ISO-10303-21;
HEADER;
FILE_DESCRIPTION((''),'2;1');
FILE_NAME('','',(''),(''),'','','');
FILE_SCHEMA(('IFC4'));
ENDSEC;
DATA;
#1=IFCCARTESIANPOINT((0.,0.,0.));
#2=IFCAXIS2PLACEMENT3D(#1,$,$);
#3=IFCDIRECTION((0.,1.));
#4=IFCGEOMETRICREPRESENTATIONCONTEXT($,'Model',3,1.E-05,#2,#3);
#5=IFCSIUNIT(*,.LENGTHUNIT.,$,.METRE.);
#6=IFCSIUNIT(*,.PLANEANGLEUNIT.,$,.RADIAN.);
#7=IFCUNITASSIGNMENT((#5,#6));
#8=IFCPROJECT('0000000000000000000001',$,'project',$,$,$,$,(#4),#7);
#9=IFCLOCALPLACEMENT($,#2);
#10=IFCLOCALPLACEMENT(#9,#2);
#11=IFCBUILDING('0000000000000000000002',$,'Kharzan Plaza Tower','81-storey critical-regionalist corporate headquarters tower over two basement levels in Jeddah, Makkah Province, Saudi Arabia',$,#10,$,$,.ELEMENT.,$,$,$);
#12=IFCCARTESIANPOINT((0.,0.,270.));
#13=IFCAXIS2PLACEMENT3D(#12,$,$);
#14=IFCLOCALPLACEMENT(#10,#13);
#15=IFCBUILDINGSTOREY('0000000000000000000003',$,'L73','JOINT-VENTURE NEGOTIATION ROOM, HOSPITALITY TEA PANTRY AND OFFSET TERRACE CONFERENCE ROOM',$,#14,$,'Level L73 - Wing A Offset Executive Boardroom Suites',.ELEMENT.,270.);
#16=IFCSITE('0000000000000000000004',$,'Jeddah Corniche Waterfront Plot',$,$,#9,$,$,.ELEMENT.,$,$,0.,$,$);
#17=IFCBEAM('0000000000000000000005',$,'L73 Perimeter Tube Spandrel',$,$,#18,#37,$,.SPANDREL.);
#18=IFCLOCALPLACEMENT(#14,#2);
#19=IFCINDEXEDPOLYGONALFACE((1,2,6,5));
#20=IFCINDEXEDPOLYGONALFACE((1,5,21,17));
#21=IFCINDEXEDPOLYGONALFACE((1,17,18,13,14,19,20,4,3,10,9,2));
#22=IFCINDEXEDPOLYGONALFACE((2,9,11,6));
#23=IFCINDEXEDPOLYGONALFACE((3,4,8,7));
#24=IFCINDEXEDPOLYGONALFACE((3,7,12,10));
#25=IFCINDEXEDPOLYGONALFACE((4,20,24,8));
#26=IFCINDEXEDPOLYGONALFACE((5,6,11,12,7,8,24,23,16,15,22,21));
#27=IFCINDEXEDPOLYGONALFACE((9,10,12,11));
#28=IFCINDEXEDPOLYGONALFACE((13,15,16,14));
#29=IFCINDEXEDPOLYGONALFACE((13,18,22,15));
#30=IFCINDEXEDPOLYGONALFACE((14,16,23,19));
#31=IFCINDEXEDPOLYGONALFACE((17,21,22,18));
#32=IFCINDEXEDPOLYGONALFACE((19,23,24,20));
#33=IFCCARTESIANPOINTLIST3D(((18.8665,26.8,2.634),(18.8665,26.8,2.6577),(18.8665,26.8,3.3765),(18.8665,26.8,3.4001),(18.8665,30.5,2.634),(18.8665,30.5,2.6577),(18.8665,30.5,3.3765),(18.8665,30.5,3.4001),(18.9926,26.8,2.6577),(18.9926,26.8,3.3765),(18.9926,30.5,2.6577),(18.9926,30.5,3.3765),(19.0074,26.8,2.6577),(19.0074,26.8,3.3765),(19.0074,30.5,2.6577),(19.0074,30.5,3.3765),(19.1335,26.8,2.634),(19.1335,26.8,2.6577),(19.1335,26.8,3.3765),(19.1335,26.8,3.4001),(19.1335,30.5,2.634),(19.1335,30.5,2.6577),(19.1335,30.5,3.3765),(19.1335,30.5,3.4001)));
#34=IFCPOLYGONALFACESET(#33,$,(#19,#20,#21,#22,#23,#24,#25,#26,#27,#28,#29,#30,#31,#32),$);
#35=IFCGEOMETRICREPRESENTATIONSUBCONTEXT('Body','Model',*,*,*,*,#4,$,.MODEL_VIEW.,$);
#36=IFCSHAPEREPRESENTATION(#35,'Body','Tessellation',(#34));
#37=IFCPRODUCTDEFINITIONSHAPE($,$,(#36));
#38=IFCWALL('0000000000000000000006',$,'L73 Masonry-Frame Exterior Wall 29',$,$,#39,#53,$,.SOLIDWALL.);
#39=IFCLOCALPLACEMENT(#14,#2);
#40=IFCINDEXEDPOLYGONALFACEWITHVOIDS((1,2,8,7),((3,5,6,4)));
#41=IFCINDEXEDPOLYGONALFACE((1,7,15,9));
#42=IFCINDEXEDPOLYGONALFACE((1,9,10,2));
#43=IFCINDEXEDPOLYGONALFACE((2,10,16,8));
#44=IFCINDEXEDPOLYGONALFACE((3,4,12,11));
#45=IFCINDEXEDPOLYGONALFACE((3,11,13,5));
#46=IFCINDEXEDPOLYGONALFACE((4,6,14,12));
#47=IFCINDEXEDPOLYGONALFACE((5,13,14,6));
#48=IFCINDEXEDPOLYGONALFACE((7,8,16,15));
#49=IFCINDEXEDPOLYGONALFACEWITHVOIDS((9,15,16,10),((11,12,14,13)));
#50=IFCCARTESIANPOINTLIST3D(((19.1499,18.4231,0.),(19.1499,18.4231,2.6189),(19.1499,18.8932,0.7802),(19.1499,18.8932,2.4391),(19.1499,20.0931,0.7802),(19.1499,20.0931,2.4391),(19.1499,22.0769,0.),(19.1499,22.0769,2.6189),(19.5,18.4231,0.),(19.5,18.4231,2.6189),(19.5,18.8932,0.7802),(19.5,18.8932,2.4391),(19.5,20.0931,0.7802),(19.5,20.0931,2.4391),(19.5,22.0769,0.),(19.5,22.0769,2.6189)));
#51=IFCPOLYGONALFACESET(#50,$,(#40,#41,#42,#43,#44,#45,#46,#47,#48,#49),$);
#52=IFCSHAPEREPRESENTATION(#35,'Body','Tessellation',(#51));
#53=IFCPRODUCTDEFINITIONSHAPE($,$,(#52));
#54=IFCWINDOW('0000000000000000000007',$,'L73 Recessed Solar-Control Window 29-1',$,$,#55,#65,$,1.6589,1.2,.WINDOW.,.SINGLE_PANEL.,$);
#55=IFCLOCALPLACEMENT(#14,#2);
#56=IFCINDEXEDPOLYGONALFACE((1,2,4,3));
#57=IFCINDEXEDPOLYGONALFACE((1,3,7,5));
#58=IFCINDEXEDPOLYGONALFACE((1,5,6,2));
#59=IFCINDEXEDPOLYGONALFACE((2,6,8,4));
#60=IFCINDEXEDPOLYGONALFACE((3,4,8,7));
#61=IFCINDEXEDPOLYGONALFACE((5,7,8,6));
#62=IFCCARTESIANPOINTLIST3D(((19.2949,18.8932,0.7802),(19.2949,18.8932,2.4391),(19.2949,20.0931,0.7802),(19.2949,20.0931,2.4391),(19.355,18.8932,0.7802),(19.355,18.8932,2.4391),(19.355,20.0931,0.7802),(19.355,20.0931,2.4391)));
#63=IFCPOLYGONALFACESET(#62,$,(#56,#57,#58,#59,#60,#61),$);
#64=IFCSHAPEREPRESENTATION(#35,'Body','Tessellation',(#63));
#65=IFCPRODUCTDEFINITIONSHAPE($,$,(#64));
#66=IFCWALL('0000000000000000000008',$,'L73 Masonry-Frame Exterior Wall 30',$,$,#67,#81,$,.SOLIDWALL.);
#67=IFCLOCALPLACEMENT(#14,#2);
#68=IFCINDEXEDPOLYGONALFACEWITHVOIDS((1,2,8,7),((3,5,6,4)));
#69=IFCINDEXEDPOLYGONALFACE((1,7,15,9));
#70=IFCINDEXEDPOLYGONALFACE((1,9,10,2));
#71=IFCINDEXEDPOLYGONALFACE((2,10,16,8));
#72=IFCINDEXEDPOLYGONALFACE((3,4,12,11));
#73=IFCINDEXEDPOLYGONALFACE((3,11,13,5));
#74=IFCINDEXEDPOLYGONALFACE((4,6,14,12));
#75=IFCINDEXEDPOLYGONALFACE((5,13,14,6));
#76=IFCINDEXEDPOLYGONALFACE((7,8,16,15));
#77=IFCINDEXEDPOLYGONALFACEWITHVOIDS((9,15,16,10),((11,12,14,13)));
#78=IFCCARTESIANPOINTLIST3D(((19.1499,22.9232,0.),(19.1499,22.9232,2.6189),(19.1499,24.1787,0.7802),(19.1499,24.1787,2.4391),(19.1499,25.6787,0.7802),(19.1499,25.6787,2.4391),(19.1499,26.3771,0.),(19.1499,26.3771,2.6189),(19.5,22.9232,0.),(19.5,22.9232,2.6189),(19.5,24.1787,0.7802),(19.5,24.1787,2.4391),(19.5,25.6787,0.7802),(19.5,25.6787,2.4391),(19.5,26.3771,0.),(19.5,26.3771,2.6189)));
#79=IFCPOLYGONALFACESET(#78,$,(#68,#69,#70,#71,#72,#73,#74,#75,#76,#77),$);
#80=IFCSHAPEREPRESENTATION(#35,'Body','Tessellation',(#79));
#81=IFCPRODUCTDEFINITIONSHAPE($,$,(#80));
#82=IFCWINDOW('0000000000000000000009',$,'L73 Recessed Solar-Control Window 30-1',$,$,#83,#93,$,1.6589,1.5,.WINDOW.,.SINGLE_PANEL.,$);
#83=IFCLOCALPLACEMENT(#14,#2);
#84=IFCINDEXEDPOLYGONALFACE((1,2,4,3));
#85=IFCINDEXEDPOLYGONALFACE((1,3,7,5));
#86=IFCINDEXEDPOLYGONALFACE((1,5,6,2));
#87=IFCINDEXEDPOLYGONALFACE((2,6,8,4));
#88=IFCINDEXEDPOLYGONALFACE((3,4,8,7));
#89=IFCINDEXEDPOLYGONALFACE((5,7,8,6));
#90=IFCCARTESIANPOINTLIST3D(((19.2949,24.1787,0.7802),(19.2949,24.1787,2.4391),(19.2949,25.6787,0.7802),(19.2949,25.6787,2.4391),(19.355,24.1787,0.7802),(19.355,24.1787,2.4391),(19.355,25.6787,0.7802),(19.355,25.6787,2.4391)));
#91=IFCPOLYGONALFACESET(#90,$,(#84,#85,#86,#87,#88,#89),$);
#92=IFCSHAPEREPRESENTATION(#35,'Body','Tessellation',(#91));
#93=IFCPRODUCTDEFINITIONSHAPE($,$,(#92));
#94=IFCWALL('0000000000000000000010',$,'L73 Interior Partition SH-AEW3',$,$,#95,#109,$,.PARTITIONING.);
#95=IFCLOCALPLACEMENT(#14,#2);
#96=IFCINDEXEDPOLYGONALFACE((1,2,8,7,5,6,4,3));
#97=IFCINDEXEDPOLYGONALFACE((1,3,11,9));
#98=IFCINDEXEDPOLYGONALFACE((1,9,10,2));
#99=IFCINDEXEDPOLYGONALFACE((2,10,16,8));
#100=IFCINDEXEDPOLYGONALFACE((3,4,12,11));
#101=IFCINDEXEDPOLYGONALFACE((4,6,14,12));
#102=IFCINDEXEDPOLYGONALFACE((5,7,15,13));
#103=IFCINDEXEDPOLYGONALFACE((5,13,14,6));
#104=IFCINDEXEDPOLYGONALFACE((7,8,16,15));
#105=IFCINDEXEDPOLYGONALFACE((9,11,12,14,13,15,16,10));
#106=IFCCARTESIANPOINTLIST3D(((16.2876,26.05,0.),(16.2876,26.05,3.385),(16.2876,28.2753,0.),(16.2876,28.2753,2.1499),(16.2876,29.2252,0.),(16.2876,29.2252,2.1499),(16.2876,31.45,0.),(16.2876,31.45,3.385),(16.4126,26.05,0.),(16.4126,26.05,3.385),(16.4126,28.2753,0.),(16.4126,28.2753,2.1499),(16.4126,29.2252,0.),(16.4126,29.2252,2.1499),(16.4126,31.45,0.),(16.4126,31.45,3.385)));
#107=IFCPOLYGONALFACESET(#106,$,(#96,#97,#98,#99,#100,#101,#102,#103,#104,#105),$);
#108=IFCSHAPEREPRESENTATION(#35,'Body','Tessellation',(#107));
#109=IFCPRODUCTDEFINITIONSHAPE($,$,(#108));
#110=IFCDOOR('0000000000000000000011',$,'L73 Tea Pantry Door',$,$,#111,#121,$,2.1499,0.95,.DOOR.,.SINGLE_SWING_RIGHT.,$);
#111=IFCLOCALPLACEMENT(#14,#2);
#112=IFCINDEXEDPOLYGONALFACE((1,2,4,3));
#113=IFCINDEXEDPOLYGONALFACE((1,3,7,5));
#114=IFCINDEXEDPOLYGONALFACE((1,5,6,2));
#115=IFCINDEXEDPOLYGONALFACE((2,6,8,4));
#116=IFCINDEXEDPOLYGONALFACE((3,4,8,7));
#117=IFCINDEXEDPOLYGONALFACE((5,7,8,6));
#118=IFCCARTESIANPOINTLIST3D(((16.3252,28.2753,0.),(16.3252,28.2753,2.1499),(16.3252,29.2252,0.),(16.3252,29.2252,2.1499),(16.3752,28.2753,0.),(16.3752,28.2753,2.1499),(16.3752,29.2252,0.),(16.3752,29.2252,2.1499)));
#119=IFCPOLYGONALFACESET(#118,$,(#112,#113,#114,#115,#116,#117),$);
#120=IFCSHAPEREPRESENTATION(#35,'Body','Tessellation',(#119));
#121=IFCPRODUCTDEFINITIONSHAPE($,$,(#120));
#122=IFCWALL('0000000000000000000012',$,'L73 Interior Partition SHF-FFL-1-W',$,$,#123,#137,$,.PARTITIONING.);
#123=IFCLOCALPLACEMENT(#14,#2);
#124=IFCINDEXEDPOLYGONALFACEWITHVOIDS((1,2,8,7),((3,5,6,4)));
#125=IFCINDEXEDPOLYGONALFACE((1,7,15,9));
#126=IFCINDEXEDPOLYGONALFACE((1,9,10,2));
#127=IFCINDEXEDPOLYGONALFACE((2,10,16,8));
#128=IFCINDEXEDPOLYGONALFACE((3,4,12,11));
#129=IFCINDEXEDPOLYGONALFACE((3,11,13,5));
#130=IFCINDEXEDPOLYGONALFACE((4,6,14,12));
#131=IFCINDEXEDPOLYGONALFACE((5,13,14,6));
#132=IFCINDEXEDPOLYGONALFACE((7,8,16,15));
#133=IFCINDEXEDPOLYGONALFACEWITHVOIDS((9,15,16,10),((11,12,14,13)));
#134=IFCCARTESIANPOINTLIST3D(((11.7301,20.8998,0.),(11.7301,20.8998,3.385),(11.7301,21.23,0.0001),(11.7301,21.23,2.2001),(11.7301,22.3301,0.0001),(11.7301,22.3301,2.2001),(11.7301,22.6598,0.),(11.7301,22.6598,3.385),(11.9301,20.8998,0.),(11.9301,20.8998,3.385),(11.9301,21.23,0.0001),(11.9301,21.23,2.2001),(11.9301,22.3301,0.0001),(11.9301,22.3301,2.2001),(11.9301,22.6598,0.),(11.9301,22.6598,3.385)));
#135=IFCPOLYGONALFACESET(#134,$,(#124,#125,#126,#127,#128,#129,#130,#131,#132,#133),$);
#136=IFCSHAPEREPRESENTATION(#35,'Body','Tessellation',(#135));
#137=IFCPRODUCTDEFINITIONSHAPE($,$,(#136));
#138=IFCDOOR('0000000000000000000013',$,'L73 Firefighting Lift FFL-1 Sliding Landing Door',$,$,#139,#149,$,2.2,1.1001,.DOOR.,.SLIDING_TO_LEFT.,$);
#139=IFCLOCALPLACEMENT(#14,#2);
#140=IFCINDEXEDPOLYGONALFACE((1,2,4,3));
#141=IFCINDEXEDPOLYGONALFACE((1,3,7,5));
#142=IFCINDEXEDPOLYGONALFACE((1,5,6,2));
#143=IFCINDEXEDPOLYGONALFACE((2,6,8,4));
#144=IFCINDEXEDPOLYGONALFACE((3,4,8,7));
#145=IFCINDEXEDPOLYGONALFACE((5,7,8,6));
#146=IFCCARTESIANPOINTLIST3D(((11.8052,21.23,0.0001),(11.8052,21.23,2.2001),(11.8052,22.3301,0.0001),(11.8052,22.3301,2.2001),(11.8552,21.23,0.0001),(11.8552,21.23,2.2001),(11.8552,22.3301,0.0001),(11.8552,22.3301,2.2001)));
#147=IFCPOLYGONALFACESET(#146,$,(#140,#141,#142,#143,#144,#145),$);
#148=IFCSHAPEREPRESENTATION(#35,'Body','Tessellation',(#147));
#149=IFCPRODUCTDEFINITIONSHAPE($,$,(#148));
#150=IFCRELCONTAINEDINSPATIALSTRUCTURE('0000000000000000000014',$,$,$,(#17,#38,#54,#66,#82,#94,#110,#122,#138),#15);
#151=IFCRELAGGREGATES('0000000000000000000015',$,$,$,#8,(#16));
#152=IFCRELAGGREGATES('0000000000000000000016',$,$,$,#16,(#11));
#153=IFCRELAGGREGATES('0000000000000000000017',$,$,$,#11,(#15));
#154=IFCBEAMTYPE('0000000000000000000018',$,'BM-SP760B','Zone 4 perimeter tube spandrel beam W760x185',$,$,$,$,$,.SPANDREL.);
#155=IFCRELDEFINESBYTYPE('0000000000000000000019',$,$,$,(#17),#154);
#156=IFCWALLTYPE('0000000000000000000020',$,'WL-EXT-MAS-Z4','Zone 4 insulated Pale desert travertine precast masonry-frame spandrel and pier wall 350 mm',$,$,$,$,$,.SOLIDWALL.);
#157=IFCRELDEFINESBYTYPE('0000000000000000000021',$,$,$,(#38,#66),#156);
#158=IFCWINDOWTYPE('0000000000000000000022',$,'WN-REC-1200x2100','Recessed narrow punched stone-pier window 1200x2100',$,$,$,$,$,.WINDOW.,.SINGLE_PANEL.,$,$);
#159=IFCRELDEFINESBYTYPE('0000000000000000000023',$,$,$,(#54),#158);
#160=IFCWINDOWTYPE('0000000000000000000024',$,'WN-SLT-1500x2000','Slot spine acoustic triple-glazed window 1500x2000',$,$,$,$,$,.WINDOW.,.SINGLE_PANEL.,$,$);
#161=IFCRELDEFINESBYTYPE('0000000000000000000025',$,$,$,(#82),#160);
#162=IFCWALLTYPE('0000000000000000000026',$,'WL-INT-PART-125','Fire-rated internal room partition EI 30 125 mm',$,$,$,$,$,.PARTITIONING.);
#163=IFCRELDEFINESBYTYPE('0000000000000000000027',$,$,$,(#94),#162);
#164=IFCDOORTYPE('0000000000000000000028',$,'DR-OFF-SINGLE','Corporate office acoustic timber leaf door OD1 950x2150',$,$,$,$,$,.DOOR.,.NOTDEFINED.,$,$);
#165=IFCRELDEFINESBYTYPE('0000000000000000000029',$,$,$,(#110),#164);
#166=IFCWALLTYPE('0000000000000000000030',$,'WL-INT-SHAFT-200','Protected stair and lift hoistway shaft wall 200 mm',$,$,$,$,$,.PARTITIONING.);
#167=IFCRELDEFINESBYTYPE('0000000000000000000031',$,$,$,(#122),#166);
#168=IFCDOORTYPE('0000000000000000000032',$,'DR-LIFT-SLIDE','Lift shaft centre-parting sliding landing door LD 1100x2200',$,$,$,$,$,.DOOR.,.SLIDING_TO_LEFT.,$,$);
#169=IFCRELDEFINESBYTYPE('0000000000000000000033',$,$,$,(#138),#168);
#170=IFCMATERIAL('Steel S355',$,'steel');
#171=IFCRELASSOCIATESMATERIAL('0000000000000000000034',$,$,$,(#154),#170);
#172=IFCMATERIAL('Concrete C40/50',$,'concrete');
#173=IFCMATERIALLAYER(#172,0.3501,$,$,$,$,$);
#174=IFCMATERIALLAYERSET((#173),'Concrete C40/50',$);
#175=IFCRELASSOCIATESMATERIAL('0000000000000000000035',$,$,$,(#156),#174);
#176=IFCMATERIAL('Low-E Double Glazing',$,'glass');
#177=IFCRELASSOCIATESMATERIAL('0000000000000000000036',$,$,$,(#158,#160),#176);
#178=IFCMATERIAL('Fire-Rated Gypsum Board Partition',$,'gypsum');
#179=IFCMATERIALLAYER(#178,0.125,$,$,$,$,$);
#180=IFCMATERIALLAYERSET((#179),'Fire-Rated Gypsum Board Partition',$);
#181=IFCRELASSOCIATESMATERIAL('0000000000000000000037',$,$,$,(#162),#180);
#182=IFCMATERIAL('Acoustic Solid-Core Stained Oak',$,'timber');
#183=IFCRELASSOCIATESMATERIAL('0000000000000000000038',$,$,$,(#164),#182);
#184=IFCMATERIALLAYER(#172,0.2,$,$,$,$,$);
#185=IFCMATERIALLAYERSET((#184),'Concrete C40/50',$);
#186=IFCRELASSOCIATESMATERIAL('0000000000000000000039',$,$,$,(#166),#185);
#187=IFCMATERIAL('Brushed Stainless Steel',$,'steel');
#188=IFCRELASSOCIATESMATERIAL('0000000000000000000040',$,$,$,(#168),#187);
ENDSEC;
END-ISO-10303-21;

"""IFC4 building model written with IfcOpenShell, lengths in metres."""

from ifc_helpers import new_model, si_unit, direction, frame, frame_2d, origin, origin_2d, place, context, subcontext, project, spatial, rectangle, i_section, extrude, source, transform, mapped, material, layer, layer_set, material_profile, profile_set, type_object, element, fill, save


model = new_model("IFC4")

# Units and contexts
model_context = context("Model", 3, precision=1e-05, world=origin(), true_north=direction((0.0, 1.0)))
body_context = subcontext(model_context, "Body", "Model", "MODEL_VIEW")
ifc_project = project(units=[si_unit("LENGTHUNIT", "METRE"), si_unit("PLANEANGLEUNIT", "RADIAN")], contexts=[model_context])

# Site, building, storey
site_placement = place(None, origin())
site = spatial("IfcSite", under=ifc_project, at=site_placement, Name="Jeddah Corniche Waterfront Plot", CompositionType="ELEMENT", RefElevation=0.0)
building_placement = place(site_placement, origin())
building = spatial("IfcBuilding", under=site, at=building_placement, Name="Kharzan Plaza Tower", Description="81-storey critical-regionalist corporate headquarters tower over two basement levels in Jeddah, Makkah Province, Saudi Arabia", CompositionType="ELEMENT")
storey_placement = place(building_placement, frame((0.0, 0.0, 270.0)))
storey = spatial("IfcBuildingStorey", under=building, at=storey_placement, Name="L73", Description="JOINT-VENTURE NEGOTIATION ROOM, HOSPITALITY TEA PANTRY AND OFFSET TERRACE CONFERENCE ROOM", LongName="Level L73 - Wing A Offset Executive Boardroom Suites", CompositionType="ELEMENT", Elevation=270.0)

# Beam
ifc_material_1 = material(Name="Steel S355", Category="steel")
ifc_material_profile_1 = material_profile(ifc_material_1, i_section(OverallWidth=0.2671, OverallDepth=0.7661, WebThickness=0.0149, FlangeThickness=0.0237, at=origin_2d()), Name="W760x185")
ifc_profile_set_1 = profile_set([ifc_material_profile_1], Name="Steel S355")
beam_type_1 = type_object("IfcBeamType", Name="BM-SP760B", Description="Zone 4 perimeter tube spandrel beam W760x185", PredefinedType="SPANDREL", material=ifc_profile_set_1)
shared_shape_1 = source(origin(), body_context, "Body", "SweptSolid", [
    extrude(i_section(OverallWidth=0.2671, OverallDepth=0.7661, WebThickness=0.0149, FlangeThickness=0.0237, at=origin_2d()), origin(), (0.0, 0.0, 1.0), 3.7),
])
beam_1_placement = place(storey_placement, frame((19.0, 26.8, 3.0171), z_axis=(0.0, 1.0, 0.0), x_axis=(-1.0, 0.0, 0.0)))
element("IfcBeam", 1, at=beam_1_placement, inside=storey, type_object=beam_type_1, Name="L73 Perimeter Tube Spandrel", PredefinedType="SPANDREL", context=body_context, shape_type="MappedRepresentation", body=[
    mapped(shared_shape_1, transform((0.0, 0.0, 0.0), x_axis=(1.0, 0.0, 0.0), y_axis=(0.0, 1.0, 0.0), z_axis=(0.0, 0.0, 1.0))),
])

# Walls, openings, windows
ifc_material_2 = material(Name="Concrete C40/50", Category="concrete")
ifc_layer_1 = layer(ifc_material_2, 0.3501)
ifc_layer_set_1 = layer_set([ifc_layer_1], Name="Concrete C40/50")
wall_type_1 = type_object("IfcWallType", Name="WL-EXT-MAS-Z4", Description="Zone 4 insulated Pale desert travertine precast masonry-frame spandrel and pier wall 350 mm", PredefinedType="SOLIDWALL", material=ifc_layer_set_1)
wall_1_placement = place(storey_placement, frame((19.325, 18.4231, 0.0), z_axis=(0.0, 0.0, 1.0), x_axis=(0.0, 1.0, 0.0)))
wall_1 = element("IfcWall", 2, at=wall_1_placement, inside=storey, type_object=wall_type_1, Name="L73 Masonry-Frame Exterior Wall 29", PredefinedType="SOLIDWALL", context=body_context, shape_type="SweptSolid", body=[
    extrude(rectangle(XDim=3.6538, YDim=0.3501, at=frame_2d((1.8269, 0.0))), origin(), (0.0, 0.0, 1.0), 2.6189),
])
opening_1_placement = place(wall_1_placement, frame((0.47, 0.0, 0.78)))
opening_1 = element("IfcOpeningElement", 3, at=opening_1_placement, cuts=wall_1, PredefinedType="OPENING", context=body_context, shape_type="SweptSolid", body=[
    extrude(rectangle(XDim=1.2, YDim=1.6589, at=frame_2d((0.6001, 0.8296))), frame((0.0, 0.1851, 0.0), z_axis=(0.0, -1.0, 0.0), x_axis=(1.0, 0.0, 0.0)), (0.0, 0.0, 1.0), 0.3701),
])
ifc_material_3 = material(Name="Low-E Double Glazing", Category="glass")
window_type_1 = type_object("IfcWindowType", Name="WN-REC-1200x2100", Description="Recessed narrow punched stone-pier window 1200x2100", PartitioningType="SINGLE_PANEL", PredefinedType="WINDOW", material=ifc_material_3)
shared_shape_2 = source(origin(), body_context, "Body", "SweptSolid", [
    extrude(rectangle(XDim=1.2, YDim=1.6589, at=frame_2d((0.6001, 0.8296))), frame((0.0, 0.03, 0.0), z_axis=(0.0, -1.0, 0.0), x_axis=(1.0, 0.0, 0.0)), (0.0, 0.0, 1.0), 0.0601),
])
window_1_placement = place(opening_1_placement, origin())
window_1 = element("IfcWindow", 4, at=window_1_placement, inside=storey, type_object=window_type_1, Name="L73 Recessed Solar-Control Window 29-1", OverallHeight=1.6589, OverallWidth=1.2, PartitioningType="SINGLE_PANEL", PredefinedType="WINDOW", context=body_context, shape_type="MappedRepresentation", body=[
    mapped(shared_shape_2, transform((0.0, 0.0, 0.0), x_axis=(1.0, 0.0, 0.0), y_axis=(0.0, 1.0, 0.0), z_axis=(0.0, 0.0, 1.0))),
])
fill(opening_1, window_1)
wall_2_placement = place(storey_placement, frame((19.325, 22.9231, 0.0), z_axis=(0.0, 0.0, 1.0), x_axis=(0.0, 1.0, 0.0)))
wall_2 = element("IfcWall", 5, at=wall_2_placement, inside=storey, type_object=wall_type_1, Name="L73 Masonry-Frame Exterior Wall 30", PredefinedType="SOLIDWALL", context=body_context, shape_type="SweptSolid", body=[
    extrude(rectangle(XDim=3.4539, YDim=0.3501, at=frame_2d((1.7271, 0.0))), origin(), (0.0, 0.0, 1.0), 2.6189),
])
opening_2_placement = place(wall_2_placement, frame((1.2556, 0.0, 0.78)))
opening_2 = element("IfcOpeningElement", 6, at=opening_2_placement, cuts=wall_2, PredefinedType="OPENING", context=body_context, shape_type="SweptSolid", body=[
    extrude(rectangle(XDim=1.5, YDim=1.6589, at=frame_2d((0.75, 0.8296))), frame((0.0, 0.1851, 0.0), z_axis=(0.0, -1.0, 0.0), x_axis=(1.0, 0.0, 0.0)), (0.0, 0.0, 1.0), 0.3701),
])
window_type_2 = type_object("IfcWindowType", Name="WN-SLT-1500x2000", Description="Slot spine acoustic triple-glazed window 1500x2000", PartitioningType="SINGLE_PANEL", PredefinedType="WINDOW", material=ifc_material_3)
shared_shape_3 = source(origin(), body_context, "Body", "SweptSolid", [
    extrude(rectangle(XDim=1.5, YDim=1.6589, at=frame_2d((0.75, 0.8296))), frame((0.0, 0.03, 0.0), z_axis=(0.0, -1.0, 0.0), x_axis=(1.0, 0.0, 0.0)), (0.0, 0.0, 1.0), 0.0601),
])
window_2_placement = place(opening_2_placement, origin())
window_2 = element("IfcWindow", 7, at=window_2_placement, inside=storey, type_object=window_type_2, Name="L73 Recessed Solar-Control Window 30-1", OverallHeight=1.6589, OverallWidth=1.5, PartitioningType="SINGLE_PANEL", PredefinedType="WINDOW", context=body_context, shape_type="MappedRepresentation", body=[
    mapped(shared_shape_3, transform((0.0, 0.0, 0.0), x_axis=(1.0, 0.0, 0.0), y_axis=(0.0, 1.0, 0.0), z_axis=(0.0, 0.0, 1.0))),
])
fill(opening_2, window_2)

# Walls, openings, doors
ifc_material_4 = material(Name="Fire-Rated Gypsum Board Partition", Category="gypsum")
ifc_layer_2 = layer(ifc_material_4, 0.125)
ifc_layer_set_2 = layer_set([ifc_layer_2], Name="Fire-Rated Gypsum Board Partition")
wall_type_2 = type_object("IfcWallType", Name="WL-INT-PART-125", Description="Fire-rated internal room partition EI 30 125 mm", PredefinedType="PARTITIONING", material=ifc_layer_set_2)
wall_3_placement = place(storey_placement, frame((16.3501, 26.05, 0.0), z_axis=(0.0, 0.0, 1.0), x_axis=(0.0, 1.0, 0.0)))
wall_3 = element("IfcWall", 8, at=wall_3_placement, inside=storey, type_object=wall_type_2, Name="L73 Interior Partition SH-AEW3", PredefinedType="PARTITIONING", context=body_context, shape_type="SweptSolid", body=[
    extrude(rectangle(XDim=5.3999, YDim=0.125, at=frame_2d((2.7, 0.0))), origin(), (0.0, 0.0, 1.0), 3.385),
])
opening_3_placement = place(wall_3_placement, frame((2.2251, 0.0, 0.0)))
opening_3 = element("IfcOpeningElement", 9, at=opening_3_placement, cuts=wall_3, PredefinedType="OPENING", context=body_context, shape_type="SweptSolid", body=[
    extrude(rectangle(XDim=0.95, YDim=2.1499, at=frame_2d((0.4751, 1.075))), frame((0.0, 0.0725, 0.0), z_axis=(0.0, -1.0, 0.0), x_axis=(1.0, 0.0, 0.0)), (0.0, 0.0, 1.0), 0.145),
])
ifc_material_5 = material(Name="Acoustic Solid-Core Stained Oak", Category="timber")
door_type_1 = type_object("IfcDoorType", Name="DR-OFF-SINGLE", Description="Corporate office acoustic timber leaf door OD1 950x2150", OperationType="NOTDEFINED", PredefinedType="DOOR", material=ifc_material_5)
shared_shape_4 = source(origin(), body_context, "Body", "SweptSolid", [
    extrude(rectangle(XDim=0.95, YDim=2.1499, at=frame_2d((0.4751, 1.075))), frame((0.0, 0.0249, 0.0), z_axis=(0.0, -1.0, 0.0), x_axis=(1.0, 0.0, 0.0)), (0.0, 0.0, 1.0), 0.05),
])
door_1_placement = place(opening_3_placement, origin())
door_1 = element("IfcDoor", 10, at=door_1_placement, inside=storey, type_object=door_type_1, Name="L73 Tea Pantry Door", OperationType="SINGLE_SWING_RIGHT", OverallHeight=2.1499, OverallWidth=0.95, PredefinedType="DOOR", context=body_context, shape_type="MappedRepresentation", body=[
    mapped(shared_shape_4, transform((0.0, 0.0, 0.0), x_axis=(1.0, 0.0, 0.0), y_axis=(0.0, 1.0, 0.0), z_axis=(0.0, 0.0, 1.0))),
])
fill(opening_3, door_1)
ifc_layer_3 = layer(ifc_material_2, 0.2)
ifc_layer_set_3 = layer_set([ifc_layer_3], Name="Concrete C40/50")
wall_type_3 = type_object("IfcWallType", Name="WL-INT-SHAFT-200", Description="Protected stair and lift hoistway shaft wall 200 mm", PredefinedType="PARTITIONING", material=ifc_layer_set_3)
wall_4_placement = place(storey_placement, frame((11.8301, 20.8999, 0.0), z_axis=(0.0, 0.0, 1.0), x_axis=(0.0, 1.0, 0.0)))
wall_4 = element("IfcWall", 11, at=wall_4_placement, inside=storey, type_object=wall_type_3, Name="L73 Interior Partition SHF-FFL-1-W", PredefinedType="PARTITIONING", context=body_context, shape_type="SweptSolid", body=[
    extrude(rectangle(XDim=1.76, YDim=0.2, at=frame_2d((0.8799, 0.0))), origin(), (0.0, 0.0, 1.0), 3.385),
])
opening_4_placement = place(wall_4_placement, frame((0.3301, 0.0, 0.0)))
opening_4 = element("IfcOpeningElement", 12, at=opening_4_placement, cuts=wall_4, PredefinedType="OPENING", context=body_context, shape_type="SweptSolid", body=[
    extrude(rectangle(XDim=1.1001, YDim=2.2, at=frame_2d((0.55, 1.1001))), frame((0.0, 0.1099, 0.0), z_axis=(0.0, -1.0, 0.0), x_axis=(1.0, 0.0, 0.0)), (0.0, 0.0, 1.0), 0.22),
])
ifc_material_6 = material(Name="Brushed Stainless Steel", Category="steel")
door_type_2 = type_object("IfcDoorType", Name="DR-LIFT-SLIDE", Description="Lift shaft centre-parting sliding landing door LD 1100x2200", OperationType="SLIDING_TO_LEFT", PredefinedType="DOOR", material=ifc_material_6)
shared_shape_5 = source(origin(), body_context, "Body", "SweptSolid", [
    extrude(rectangle(XDim=1.1001, YDim=2.2, at=frame_2d((0.55, 1.1001))), frame((0.0, 0.0249, 0.0), z_axis=(0.0, -1.0, 0.0), x_axis=(1.0, 0.0, 0.0)), (0.0, 0.0, 1.0), 0.05),
])
door_2_placement = place(opening_4_placement, origin())
door_2 = element("IfcDoor", 13, at=door_2_placement, inside=storey, type_object=door_type_2, Name="L73 Firefighting Lift FFL-1 Sliding Landing Door", OperationType="SLIDING_TO_LEFT", OverallHeight=2.2, OverallWidth=1.1001, PredefinedType="DOOR", context=body_context, shape_type="MappedRepresentation", body=[
    mapped(shared_shape_5, transform((0.0, 0.0, 0.0), x_axis=(1.0, 0.0, 0.0), y_axis=(0.0, 1.0, 0.0), z_axis=(0.0, 0.0, 1.0))),
])
fill(opening_4, door_2)

save(model, "model.ifc")
